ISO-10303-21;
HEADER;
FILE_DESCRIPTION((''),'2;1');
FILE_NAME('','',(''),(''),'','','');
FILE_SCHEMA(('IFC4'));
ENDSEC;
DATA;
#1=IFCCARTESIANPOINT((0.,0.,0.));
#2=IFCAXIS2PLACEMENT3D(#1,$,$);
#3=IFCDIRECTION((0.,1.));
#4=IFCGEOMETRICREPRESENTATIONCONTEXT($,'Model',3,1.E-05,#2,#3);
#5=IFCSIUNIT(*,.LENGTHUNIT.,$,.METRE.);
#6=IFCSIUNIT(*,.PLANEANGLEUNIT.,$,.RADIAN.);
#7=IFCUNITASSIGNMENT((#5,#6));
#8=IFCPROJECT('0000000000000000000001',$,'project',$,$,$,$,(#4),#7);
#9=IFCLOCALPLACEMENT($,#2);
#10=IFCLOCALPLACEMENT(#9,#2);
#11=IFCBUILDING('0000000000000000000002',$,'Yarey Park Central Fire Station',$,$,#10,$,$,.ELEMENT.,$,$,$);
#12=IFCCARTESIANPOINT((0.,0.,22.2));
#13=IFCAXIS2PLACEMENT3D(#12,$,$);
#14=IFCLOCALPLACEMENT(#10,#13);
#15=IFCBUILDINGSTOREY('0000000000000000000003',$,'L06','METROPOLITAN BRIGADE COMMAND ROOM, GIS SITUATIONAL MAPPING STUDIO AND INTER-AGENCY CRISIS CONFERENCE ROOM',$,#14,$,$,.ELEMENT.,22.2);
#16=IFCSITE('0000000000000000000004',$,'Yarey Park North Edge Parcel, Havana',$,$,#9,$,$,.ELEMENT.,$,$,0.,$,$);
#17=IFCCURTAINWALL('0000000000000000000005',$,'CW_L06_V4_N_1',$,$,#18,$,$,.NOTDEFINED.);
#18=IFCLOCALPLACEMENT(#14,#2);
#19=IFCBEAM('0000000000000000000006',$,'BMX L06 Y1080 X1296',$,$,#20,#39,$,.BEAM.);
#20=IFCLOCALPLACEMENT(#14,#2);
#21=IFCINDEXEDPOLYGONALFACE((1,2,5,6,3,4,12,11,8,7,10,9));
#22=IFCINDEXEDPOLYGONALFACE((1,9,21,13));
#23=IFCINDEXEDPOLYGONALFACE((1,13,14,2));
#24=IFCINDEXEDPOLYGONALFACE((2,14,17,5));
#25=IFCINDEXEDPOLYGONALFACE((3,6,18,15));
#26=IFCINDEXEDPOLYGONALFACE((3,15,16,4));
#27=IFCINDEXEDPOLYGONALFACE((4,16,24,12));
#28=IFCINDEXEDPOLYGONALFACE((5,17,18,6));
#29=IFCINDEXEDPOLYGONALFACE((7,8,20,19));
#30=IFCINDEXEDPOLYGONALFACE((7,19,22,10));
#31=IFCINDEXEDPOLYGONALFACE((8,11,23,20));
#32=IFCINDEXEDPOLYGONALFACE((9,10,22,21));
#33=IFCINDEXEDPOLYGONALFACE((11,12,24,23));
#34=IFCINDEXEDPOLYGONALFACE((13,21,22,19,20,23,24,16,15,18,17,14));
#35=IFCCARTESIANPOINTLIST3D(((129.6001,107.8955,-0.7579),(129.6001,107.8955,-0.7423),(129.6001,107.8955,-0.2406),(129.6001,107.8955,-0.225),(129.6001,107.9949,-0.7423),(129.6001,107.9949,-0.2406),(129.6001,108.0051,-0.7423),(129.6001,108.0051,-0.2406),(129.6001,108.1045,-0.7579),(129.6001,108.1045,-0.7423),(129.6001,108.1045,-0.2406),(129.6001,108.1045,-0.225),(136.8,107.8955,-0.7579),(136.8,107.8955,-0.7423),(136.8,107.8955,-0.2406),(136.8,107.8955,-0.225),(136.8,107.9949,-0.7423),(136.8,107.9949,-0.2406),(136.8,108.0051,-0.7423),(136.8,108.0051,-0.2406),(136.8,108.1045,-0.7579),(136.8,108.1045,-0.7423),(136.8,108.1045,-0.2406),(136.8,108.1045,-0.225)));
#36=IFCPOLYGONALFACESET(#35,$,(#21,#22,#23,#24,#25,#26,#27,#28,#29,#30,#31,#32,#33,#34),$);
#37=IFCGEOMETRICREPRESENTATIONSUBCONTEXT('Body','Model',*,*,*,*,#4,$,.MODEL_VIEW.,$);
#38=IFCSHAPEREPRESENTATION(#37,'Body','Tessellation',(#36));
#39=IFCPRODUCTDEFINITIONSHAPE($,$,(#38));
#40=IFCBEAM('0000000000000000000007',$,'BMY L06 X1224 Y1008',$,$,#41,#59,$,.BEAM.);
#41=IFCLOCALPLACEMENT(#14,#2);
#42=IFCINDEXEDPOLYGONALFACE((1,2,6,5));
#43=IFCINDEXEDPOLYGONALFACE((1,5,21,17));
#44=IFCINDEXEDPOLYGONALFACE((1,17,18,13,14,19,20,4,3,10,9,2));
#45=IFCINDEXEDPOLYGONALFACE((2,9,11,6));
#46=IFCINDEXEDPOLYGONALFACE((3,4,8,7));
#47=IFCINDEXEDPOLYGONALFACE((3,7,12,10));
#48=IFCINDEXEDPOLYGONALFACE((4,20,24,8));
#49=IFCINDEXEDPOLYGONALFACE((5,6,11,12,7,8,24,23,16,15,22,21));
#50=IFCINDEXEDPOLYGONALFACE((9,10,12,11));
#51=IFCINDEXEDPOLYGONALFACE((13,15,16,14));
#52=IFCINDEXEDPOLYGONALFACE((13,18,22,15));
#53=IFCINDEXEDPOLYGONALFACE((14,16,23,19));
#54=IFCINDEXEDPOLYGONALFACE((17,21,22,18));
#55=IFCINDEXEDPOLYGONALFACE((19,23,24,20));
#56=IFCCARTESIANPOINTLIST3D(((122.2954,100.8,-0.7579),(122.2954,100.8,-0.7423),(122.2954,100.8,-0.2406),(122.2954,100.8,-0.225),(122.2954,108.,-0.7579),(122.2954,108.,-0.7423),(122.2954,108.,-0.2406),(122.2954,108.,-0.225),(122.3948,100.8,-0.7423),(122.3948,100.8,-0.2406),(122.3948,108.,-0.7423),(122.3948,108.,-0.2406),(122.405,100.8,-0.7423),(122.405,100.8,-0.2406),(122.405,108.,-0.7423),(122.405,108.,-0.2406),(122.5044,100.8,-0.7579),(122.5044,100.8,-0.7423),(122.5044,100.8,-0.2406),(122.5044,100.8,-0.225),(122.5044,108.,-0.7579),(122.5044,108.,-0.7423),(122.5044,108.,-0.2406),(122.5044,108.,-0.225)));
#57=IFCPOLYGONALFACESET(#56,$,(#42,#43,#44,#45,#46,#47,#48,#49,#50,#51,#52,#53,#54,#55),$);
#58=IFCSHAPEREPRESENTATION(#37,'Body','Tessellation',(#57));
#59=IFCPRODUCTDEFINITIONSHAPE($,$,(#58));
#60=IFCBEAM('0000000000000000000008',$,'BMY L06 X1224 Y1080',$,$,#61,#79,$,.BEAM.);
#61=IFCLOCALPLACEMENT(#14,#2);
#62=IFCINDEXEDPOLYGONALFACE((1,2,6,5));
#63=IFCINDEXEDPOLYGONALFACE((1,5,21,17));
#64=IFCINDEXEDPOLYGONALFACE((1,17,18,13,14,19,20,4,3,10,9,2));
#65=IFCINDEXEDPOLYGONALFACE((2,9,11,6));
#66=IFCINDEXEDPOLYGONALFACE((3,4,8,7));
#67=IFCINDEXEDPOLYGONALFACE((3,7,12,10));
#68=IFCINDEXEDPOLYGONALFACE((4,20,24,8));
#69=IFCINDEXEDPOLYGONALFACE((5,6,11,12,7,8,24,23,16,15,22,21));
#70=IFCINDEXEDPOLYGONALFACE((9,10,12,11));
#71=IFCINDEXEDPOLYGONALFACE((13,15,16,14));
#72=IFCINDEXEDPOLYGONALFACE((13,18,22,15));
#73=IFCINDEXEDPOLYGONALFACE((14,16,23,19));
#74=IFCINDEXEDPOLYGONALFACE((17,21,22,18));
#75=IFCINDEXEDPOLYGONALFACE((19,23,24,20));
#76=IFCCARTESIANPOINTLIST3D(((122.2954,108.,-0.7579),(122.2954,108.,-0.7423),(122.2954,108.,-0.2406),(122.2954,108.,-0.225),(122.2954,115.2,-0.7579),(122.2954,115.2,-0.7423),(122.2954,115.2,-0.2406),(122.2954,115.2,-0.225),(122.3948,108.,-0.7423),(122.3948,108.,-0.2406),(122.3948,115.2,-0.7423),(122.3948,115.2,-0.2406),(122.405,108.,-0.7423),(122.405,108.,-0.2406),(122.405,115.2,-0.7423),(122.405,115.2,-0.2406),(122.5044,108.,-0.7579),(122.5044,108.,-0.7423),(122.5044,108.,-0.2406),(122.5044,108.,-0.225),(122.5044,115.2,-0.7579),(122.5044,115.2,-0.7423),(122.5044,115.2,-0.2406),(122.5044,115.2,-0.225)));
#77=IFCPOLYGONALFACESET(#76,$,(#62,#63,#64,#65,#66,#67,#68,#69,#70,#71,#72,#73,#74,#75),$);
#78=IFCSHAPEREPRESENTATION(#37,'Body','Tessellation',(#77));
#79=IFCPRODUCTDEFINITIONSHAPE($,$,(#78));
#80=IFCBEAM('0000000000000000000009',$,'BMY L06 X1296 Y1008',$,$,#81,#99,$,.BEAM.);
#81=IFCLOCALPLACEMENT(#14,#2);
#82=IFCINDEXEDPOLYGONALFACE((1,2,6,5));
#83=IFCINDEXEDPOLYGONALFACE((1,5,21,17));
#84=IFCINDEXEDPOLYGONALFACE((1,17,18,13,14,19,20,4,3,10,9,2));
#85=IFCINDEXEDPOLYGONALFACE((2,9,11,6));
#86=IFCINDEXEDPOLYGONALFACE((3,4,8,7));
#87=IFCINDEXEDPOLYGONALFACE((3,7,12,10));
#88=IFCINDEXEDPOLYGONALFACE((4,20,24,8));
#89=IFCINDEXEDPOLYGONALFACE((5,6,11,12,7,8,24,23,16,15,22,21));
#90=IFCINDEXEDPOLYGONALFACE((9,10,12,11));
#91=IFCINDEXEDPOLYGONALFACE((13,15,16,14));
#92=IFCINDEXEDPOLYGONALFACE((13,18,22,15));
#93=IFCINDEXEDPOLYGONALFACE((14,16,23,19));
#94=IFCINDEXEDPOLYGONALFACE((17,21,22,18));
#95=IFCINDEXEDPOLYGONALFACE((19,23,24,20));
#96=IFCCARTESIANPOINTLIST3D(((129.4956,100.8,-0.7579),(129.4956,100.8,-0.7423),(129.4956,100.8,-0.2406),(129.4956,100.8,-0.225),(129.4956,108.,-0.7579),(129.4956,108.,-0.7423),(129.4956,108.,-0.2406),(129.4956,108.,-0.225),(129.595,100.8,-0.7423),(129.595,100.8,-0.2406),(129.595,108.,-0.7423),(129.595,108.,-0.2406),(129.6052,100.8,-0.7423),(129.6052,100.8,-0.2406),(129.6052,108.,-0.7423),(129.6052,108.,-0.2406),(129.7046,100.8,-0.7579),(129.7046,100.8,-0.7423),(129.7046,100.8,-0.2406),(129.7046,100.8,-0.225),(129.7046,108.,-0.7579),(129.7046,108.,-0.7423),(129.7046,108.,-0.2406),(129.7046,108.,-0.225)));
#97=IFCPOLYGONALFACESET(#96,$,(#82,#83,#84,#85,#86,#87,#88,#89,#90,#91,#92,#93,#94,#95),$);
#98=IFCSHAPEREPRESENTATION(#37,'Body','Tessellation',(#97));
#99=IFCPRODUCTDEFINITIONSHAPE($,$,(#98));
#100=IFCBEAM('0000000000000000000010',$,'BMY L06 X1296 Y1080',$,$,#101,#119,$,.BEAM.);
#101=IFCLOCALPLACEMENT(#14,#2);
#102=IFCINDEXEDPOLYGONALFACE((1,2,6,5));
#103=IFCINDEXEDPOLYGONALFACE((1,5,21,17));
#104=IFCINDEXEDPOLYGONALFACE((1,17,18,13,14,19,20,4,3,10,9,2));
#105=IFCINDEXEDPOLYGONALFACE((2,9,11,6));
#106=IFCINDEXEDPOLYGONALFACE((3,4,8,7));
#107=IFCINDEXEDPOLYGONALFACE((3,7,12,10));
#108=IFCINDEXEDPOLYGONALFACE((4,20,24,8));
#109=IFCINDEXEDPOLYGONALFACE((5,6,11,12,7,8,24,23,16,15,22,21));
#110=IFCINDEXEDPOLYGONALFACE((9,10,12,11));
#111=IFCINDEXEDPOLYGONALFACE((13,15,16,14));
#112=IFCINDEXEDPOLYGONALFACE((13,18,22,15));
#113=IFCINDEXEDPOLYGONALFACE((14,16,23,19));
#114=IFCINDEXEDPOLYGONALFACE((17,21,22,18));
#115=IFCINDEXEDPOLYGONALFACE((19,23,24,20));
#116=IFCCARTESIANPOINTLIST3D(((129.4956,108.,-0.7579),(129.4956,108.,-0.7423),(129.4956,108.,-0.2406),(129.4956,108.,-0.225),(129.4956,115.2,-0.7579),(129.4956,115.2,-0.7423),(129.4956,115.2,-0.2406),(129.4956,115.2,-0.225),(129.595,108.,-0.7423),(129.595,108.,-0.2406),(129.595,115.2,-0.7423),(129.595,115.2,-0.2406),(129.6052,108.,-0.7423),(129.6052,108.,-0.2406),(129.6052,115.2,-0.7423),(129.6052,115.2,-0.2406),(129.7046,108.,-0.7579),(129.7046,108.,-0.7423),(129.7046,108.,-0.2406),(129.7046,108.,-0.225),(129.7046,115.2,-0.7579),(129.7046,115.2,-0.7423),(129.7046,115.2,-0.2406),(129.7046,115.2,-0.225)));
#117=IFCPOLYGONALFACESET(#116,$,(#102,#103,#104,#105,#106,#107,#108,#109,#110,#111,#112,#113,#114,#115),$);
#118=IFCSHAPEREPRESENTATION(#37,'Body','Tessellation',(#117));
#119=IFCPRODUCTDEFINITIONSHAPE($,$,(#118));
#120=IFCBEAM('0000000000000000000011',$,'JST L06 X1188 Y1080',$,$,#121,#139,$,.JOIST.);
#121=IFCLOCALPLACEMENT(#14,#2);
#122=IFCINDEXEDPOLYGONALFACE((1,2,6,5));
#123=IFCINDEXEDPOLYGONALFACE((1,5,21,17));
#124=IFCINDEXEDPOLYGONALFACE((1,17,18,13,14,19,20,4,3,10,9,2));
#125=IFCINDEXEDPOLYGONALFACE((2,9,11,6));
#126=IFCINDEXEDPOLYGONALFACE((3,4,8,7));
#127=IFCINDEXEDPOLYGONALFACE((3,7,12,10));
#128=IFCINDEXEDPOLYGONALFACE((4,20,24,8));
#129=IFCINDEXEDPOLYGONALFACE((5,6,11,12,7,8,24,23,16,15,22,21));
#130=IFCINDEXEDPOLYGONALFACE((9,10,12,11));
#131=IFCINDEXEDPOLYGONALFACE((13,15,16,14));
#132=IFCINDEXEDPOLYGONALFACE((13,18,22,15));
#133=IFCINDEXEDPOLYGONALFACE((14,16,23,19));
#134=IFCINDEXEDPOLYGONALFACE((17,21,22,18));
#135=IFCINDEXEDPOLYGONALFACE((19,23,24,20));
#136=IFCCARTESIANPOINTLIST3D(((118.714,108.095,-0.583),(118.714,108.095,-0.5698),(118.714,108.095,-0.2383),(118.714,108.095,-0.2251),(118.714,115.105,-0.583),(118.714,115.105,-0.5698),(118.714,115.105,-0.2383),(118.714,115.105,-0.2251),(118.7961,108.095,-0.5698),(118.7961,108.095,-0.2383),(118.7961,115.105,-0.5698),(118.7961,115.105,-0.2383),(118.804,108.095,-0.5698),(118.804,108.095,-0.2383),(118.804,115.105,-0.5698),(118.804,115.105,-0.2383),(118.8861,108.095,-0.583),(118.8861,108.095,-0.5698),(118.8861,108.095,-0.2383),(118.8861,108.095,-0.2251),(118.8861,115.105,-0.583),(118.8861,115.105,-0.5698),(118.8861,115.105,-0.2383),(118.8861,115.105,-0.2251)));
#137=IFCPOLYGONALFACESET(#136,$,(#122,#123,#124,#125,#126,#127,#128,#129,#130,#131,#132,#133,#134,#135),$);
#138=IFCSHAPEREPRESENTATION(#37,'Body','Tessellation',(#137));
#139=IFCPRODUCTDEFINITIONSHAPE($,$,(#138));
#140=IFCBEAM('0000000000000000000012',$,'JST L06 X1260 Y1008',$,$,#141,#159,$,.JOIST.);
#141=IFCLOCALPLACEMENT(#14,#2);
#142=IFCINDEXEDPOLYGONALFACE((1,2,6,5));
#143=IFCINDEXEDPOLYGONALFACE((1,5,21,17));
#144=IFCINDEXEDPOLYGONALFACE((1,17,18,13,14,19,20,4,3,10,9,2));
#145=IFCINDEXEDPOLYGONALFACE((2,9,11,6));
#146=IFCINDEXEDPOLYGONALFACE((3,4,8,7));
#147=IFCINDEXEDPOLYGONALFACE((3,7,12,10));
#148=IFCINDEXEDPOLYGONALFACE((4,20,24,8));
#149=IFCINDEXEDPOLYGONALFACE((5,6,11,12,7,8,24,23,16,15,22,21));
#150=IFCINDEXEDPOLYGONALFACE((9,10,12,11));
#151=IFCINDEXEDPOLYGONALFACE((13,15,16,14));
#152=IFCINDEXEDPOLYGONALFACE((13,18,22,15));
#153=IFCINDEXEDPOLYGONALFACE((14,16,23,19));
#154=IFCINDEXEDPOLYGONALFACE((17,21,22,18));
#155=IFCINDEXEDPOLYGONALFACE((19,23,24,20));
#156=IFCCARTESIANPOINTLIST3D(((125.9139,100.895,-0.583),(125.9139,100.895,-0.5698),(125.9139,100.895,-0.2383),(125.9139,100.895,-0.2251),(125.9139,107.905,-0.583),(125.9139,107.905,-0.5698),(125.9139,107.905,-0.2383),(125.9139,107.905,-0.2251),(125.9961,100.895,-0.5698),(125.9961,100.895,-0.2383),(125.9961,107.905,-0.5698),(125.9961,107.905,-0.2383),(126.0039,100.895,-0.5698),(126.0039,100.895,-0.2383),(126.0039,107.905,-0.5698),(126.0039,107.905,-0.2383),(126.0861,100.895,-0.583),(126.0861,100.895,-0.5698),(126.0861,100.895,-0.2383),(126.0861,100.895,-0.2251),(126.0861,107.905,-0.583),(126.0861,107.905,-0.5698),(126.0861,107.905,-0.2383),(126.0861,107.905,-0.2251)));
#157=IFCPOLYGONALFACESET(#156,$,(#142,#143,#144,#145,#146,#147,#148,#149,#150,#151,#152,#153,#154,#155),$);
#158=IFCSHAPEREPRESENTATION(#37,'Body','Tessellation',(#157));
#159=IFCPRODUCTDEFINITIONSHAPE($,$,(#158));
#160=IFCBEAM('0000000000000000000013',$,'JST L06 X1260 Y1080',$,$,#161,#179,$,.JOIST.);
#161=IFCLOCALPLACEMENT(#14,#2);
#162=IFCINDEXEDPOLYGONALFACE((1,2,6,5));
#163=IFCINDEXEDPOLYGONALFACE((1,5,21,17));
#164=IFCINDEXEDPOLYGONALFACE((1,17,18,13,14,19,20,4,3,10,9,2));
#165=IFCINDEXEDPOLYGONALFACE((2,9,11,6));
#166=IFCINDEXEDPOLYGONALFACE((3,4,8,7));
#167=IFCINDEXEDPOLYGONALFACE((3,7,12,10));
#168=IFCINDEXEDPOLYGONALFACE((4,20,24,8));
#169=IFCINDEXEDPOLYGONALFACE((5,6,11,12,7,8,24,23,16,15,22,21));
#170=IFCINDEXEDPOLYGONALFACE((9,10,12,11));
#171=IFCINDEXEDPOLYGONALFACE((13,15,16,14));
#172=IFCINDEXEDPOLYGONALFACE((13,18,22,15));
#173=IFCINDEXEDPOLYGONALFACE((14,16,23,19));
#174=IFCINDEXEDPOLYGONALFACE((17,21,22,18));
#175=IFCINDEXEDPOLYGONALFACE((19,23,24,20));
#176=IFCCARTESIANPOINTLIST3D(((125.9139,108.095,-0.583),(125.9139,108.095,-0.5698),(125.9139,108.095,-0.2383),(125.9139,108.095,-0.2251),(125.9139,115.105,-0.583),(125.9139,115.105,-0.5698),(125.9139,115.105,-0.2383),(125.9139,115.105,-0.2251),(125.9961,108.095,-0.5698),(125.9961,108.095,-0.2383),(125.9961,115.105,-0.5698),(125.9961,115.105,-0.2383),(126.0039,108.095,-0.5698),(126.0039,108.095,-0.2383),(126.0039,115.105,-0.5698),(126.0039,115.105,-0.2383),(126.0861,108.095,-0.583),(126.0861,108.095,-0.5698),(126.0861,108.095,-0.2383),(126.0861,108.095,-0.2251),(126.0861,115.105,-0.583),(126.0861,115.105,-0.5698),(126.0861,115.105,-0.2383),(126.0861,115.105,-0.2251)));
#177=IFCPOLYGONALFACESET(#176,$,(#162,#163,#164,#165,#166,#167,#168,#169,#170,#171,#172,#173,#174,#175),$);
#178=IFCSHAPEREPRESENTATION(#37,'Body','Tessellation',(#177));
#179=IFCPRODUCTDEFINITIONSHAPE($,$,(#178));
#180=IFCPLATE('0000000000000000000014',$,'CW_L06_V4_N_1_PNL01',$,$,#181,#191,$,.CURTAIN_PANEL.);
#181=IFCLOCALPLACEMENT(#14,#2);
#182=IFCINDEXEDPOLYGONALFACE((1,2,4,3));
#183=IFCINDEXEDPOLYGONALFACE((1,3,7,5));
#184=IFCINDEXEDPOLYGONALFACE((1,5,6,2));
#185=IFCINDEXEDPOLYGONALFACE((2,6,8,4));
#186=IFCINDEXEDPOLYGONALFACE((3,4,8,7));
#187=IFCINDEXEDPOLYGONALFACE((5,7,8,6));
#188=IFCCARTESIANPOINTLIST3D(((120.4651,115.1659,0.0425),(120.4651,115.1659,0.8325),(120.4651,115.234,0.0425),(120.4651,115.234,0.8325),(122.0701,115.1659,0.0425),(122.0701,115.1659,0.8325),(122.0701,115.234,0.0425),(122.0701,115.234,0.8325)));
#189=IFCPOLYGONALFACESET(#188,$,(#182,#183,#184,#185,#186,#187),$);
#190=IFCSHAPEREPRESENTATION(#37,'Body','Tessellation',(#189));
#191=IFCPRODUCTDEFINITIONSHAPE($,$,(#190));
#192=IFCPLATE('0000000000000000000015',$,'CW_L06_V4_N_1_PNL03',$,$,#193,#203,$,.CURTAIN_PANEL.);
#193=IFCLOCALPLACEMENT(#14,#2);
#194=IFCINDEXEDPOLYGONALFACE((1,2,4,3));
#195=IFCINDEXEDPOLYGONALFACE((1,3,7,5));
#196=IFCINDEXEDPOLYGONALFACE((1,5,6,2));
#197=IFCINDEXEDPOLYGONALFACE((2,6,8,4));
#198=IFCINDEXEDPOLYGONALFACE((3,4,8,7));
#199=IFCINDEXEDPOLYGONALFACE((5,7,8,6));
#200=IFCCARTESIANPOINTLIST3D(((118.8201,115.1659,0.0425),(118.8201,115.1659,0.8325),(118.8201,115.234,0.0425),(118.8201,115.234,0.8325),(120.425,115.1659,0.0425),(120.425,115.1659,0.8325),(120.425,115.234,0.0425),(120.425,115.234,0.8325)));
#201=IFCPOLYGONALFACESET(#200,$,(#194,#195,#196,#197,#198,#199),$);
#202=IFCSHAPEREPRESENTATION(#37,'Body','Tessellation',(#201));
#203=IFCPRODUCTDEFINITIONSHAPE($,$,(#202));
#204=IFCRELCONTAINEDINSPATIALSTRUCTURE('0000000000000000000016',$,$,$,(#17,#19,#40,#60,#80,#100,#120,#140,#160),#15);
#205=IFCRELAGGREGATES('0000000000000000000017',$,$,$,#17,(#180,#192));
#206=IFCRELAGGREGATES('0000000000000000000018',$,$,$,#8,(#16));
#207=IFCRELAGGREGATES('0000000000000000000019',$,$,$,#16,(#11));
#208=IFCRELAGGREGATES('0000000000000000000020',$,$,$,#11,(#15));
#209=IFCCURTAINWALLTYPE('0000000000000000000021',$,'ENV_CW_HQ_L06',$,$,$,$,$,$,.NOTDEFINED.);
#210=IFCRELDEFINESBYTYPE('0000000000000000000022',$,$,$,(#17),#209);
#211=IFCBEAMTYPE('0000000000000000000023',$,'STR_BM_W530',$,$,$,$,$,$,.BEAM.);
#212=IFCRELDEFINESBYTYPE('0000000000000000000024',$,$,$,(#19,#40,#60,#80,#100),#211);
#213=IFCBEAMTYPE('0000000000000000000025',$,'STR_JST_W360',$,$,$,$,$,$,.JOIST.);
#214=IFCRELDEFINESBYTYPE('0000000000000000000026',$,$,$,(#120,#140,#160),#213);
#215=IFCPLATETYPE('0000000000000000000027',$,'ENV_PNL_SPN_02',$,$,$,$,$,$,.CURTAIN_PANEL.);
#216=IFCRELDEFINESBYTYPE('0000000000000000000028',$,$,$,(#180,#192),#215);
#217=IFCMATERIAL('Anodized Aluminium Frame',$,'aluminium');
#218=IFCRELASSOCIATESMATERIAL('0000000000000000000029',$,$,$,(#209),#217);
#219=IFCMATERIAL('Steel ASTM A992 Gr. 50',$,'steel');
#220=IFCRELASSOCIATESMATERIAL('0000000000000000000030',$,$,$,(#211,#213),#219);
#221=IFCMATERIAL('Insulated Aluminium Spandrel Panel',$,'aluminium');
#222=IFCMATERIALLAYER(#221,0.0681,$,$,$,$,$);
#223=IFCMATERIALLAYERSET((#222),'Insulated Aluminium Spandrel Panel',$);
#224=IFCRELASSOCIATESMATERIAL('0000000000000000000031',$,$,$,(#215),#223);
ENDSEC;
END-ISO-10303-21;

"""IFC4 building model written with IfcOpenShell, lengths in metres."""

from ifc_helpers import new_model, si_unit, direction, frame, origin, origin_2d, place, context, subcontext, project, spatial, rectangle, i_section, extrude, material, layer, layer_set, material_profile, profile_set, type_object, element, aggregate, save


model = new_model("IFC4")

# Units and contexts
model_context = context("Model", 3, precision=1e-05, world=origin(), true_north=direction((0.0, 1.0)))
body_context = subcontext(model_context, "Body", "Model", "MODEL_VIEW")
ifc_project = project(units=[si_unit("LENGTHUNIT", "METRE"), si_unit("PLANEANGLEUNIT", "RADIAN")], contexts=[model_context])

# Site, building, storey
site_placement = place(None, origin())
site = spatial("IfcSite", under=ifc_project, at=site_placement, Name="Yarey Park North Edge Parcel, Havana", CompositionType="ELEMENT", RefElevation=0.0)
building_placement = place(site_placement, origin())
building = spatial("IfcBuilding", under=site, at=building_placement, Name="Yarey Park Central Fire Station", CompositionType="ELEMENT")
storey_placement = place(building_placement, frame((0.0, 0.0, 22.2)))
storey = spatial("IfcBuildingStorey", under=building, at=storey_placement, Name="L06", Description="METROPOLITAN BRIGADE COMMAND ROOM, GIS SITUATIONAL MAPPING STUDIO AND INTER-AGENCY CRISIS CONFERENCE ROOM", CompositionType="ELEMENT", Elevation=22.2)

# Curtain wall
ifc_material_1 = material(Name="Anodized Aluminium Frame", Category="aluminium")
curtain_wall_type = type_object("IfcCurtainWallType", Name="ENV_CW_HQ_L06", PredefinedType="NOTDEFINED", material=ifc_material_1)
curtain_wall_placement = place(storey_placement, origin())
curtain_wall = element("IfcCurtainWall", 1, at=curtain_wall_placement, inside=storey, type_object=curtain_wall_type, Name="CW_L06_V4_N_1", PredefinedType="NOTDEFINED")

# Beams
ifc_material_2 = material(Name="Steel ASTM A992 Gr. 50", Category="steel")
ifc_material_profile_1 = material_profile(ifc_material_2, i_section(OverallWidth=0.209, OverallDepth=0.533, WebThickness=0.0103, FlangeThickness=0.0156, at=origin_2d()), Name="W530x92")
ifc_profile_set_1 = profile_set([ifc_material_profile_1], Name="Steel ASTM A992 Gr. 50")
beam_type_1 = type_object("IfcBeamType", Name="STR_BM_W530", PredefinedType="BEAM", material=ifc_profile_set_1)
for number, where, z_axis, x_axis, name in (
    (2, (129.6001, 108.0, -0.4915), (1.0, 0.0, 0.0), (0.0, 1.0, 0.0), "BMX L06 Y1080 X1296"),
    (3, (122.3999, 100.8, -0.4915), (0.0, 1.0, 0.0), (-1.0, 0.0, 0.0), "BMY L06 X1224 Y1008"),
    (4, (122.3999, 108.0, -0.4915), (0.0, 1.0, 0.0), (-1.0, 0.0, 0.0), "BMY L06 X1224 Y1080"),
    (5, (129.6001, 100.8, -0.4915), (0.0, 1.0, 0.0), (-1.0, 0.0, 0.0), "BMY L06 X1296 Y1008"),
    (6, (129.6001, 108.0, -0.4915), (0.0, 1.0, 0.0), (-1.0, 0.0, 0.0), "BMY L06 X1296 Y1080"),
):
    element("IfcBeam", number, at=place(storey_placement, frame(where, z_axis=z_axis, x_axis=x_axis)), inside=storey, type_object=beam_type_1, Name=name, PredefinedType="BEAM", context=body_context, shape_type="SweptSolid", body=[
        extrude(i_section(OverallWidth=0.209, OverallDepth=0.533, WebThickness=0.0103, FlangeThickness=0.0156, at=origin_2d()), origin(), (0.0, 0.0, 1.0), 7.2),
    ])
ifc_material_profile_2 = material_profile(ifc_material_2, i_section(OverallWidth=0.1721, OverallDepth=0.3579, WebThickness=0.0078, FlangeThickness=0.0132, at=origin_2d()), Name="W360x57")
ifc_profile_set_2 = profile_set([ifc_material_profile_2], Name="Steel ASTM A992 Gr. 50")
beam_type_2 = type_object("IfcBeamType", Name="STR_JST_W360", PredefinedType="JOIST", material=ifc_profile_set_2)
for number, where, z_axis, x_axis, name in (
    (7, (118.8, 108.095, -0.4041), (0.0, 1.0, 0.0), (-1.0, 0.0, 0.0), "JST L06 X1188 Y1080"),
    (8, (126.0, 100.895, -0.4041), (0.0, 1.0, 0.0), (-1.0, 0.0, 0.0), "JST L06 X1260 Y1008"),
    (9, (126.0, 108.095, -0.4041), (0.0, 1.0, 0.0), (-1.0, 0.0, 0.0), "JST L06 X1260 Y1080"),
):
    element("IfcBeam", number, at=place(storey_placement, frame(where, z_axis=z_axis, x_axis=x_axis)), inside=storey, type_object=beam_type_2, Name=name, PredefinedType="JOIST", context=body_context, shape_type="SweptSolid", body=[
        extrude(i_section(OverallWidth=0.1721, OverallDepth=0.3579, WebThickness=0.0078, FlangeThickness=0.0132, at=origin_2d()), origin(), (0.0, 0.0, 1.0), 7.01),
    ])

# Plates
ifc_material_3 = material(Name="Insulated Aluminium Spandrel Panel", Category="aluminium")
ifc_layer_1 = layer(ifc_material_3, 0.0681)
ifc_layer_set_1 = layer_set([ifc_layer_1], Name="Insulated Aluminium Spandrel Panel")
plate_type_1 = type_object("IfcPlateType", Name="ENV_PNL_SPN_02", PredefinedType="CURTAIN_PANEL", material=ifc_layer_set_1)
plate_1_placement = place(storey_placement, frame((121.2676, 115.2, 0.0425), z_axis=(0.0, 0.0, 1.0), x_axis=(-1.0, 0.0, 0.0)))
plate_1 = element("IfcPlate", 10, at=plate_1_placement, type_object=plate_type_1, Name="CW_L06_V4_N_1_PNL01", PredefinedType="CURTAIN_PANEL", context=body_context, shape_type="SweptSolid", body=[
    extrude(rectangle(XDim=1.605, YDim=0.0681, at=origin_2d()), origin(), (0.0, 0.0, 1.0), 0.79),
])
plate_2_placement = place(storey_placement, frame((119.6226, 115.2, 0.0425), z_axis=(0.0, 0.0, 1.0), x_axis=(-1.0, 0.0, 0.0)))
plate_2 = element("IfcPlate", 11, at=plate_2_placement, type_object=plate_type_1, Name="CW_L06_V4_N_1_PNL03", PredefinedType="CURTAIN_PANEL", context=body_context, shape_type="SweptSolid", body=[
    extrude(rectangle(XDim=1.605, YDim=0.0681, at=origin_2d()), origin(), (0.0, 0.0, 1.0), 0.79),
])
aggregate(curtain_wall, [plate_1, plate_2])

save(model, "model.ifc")
